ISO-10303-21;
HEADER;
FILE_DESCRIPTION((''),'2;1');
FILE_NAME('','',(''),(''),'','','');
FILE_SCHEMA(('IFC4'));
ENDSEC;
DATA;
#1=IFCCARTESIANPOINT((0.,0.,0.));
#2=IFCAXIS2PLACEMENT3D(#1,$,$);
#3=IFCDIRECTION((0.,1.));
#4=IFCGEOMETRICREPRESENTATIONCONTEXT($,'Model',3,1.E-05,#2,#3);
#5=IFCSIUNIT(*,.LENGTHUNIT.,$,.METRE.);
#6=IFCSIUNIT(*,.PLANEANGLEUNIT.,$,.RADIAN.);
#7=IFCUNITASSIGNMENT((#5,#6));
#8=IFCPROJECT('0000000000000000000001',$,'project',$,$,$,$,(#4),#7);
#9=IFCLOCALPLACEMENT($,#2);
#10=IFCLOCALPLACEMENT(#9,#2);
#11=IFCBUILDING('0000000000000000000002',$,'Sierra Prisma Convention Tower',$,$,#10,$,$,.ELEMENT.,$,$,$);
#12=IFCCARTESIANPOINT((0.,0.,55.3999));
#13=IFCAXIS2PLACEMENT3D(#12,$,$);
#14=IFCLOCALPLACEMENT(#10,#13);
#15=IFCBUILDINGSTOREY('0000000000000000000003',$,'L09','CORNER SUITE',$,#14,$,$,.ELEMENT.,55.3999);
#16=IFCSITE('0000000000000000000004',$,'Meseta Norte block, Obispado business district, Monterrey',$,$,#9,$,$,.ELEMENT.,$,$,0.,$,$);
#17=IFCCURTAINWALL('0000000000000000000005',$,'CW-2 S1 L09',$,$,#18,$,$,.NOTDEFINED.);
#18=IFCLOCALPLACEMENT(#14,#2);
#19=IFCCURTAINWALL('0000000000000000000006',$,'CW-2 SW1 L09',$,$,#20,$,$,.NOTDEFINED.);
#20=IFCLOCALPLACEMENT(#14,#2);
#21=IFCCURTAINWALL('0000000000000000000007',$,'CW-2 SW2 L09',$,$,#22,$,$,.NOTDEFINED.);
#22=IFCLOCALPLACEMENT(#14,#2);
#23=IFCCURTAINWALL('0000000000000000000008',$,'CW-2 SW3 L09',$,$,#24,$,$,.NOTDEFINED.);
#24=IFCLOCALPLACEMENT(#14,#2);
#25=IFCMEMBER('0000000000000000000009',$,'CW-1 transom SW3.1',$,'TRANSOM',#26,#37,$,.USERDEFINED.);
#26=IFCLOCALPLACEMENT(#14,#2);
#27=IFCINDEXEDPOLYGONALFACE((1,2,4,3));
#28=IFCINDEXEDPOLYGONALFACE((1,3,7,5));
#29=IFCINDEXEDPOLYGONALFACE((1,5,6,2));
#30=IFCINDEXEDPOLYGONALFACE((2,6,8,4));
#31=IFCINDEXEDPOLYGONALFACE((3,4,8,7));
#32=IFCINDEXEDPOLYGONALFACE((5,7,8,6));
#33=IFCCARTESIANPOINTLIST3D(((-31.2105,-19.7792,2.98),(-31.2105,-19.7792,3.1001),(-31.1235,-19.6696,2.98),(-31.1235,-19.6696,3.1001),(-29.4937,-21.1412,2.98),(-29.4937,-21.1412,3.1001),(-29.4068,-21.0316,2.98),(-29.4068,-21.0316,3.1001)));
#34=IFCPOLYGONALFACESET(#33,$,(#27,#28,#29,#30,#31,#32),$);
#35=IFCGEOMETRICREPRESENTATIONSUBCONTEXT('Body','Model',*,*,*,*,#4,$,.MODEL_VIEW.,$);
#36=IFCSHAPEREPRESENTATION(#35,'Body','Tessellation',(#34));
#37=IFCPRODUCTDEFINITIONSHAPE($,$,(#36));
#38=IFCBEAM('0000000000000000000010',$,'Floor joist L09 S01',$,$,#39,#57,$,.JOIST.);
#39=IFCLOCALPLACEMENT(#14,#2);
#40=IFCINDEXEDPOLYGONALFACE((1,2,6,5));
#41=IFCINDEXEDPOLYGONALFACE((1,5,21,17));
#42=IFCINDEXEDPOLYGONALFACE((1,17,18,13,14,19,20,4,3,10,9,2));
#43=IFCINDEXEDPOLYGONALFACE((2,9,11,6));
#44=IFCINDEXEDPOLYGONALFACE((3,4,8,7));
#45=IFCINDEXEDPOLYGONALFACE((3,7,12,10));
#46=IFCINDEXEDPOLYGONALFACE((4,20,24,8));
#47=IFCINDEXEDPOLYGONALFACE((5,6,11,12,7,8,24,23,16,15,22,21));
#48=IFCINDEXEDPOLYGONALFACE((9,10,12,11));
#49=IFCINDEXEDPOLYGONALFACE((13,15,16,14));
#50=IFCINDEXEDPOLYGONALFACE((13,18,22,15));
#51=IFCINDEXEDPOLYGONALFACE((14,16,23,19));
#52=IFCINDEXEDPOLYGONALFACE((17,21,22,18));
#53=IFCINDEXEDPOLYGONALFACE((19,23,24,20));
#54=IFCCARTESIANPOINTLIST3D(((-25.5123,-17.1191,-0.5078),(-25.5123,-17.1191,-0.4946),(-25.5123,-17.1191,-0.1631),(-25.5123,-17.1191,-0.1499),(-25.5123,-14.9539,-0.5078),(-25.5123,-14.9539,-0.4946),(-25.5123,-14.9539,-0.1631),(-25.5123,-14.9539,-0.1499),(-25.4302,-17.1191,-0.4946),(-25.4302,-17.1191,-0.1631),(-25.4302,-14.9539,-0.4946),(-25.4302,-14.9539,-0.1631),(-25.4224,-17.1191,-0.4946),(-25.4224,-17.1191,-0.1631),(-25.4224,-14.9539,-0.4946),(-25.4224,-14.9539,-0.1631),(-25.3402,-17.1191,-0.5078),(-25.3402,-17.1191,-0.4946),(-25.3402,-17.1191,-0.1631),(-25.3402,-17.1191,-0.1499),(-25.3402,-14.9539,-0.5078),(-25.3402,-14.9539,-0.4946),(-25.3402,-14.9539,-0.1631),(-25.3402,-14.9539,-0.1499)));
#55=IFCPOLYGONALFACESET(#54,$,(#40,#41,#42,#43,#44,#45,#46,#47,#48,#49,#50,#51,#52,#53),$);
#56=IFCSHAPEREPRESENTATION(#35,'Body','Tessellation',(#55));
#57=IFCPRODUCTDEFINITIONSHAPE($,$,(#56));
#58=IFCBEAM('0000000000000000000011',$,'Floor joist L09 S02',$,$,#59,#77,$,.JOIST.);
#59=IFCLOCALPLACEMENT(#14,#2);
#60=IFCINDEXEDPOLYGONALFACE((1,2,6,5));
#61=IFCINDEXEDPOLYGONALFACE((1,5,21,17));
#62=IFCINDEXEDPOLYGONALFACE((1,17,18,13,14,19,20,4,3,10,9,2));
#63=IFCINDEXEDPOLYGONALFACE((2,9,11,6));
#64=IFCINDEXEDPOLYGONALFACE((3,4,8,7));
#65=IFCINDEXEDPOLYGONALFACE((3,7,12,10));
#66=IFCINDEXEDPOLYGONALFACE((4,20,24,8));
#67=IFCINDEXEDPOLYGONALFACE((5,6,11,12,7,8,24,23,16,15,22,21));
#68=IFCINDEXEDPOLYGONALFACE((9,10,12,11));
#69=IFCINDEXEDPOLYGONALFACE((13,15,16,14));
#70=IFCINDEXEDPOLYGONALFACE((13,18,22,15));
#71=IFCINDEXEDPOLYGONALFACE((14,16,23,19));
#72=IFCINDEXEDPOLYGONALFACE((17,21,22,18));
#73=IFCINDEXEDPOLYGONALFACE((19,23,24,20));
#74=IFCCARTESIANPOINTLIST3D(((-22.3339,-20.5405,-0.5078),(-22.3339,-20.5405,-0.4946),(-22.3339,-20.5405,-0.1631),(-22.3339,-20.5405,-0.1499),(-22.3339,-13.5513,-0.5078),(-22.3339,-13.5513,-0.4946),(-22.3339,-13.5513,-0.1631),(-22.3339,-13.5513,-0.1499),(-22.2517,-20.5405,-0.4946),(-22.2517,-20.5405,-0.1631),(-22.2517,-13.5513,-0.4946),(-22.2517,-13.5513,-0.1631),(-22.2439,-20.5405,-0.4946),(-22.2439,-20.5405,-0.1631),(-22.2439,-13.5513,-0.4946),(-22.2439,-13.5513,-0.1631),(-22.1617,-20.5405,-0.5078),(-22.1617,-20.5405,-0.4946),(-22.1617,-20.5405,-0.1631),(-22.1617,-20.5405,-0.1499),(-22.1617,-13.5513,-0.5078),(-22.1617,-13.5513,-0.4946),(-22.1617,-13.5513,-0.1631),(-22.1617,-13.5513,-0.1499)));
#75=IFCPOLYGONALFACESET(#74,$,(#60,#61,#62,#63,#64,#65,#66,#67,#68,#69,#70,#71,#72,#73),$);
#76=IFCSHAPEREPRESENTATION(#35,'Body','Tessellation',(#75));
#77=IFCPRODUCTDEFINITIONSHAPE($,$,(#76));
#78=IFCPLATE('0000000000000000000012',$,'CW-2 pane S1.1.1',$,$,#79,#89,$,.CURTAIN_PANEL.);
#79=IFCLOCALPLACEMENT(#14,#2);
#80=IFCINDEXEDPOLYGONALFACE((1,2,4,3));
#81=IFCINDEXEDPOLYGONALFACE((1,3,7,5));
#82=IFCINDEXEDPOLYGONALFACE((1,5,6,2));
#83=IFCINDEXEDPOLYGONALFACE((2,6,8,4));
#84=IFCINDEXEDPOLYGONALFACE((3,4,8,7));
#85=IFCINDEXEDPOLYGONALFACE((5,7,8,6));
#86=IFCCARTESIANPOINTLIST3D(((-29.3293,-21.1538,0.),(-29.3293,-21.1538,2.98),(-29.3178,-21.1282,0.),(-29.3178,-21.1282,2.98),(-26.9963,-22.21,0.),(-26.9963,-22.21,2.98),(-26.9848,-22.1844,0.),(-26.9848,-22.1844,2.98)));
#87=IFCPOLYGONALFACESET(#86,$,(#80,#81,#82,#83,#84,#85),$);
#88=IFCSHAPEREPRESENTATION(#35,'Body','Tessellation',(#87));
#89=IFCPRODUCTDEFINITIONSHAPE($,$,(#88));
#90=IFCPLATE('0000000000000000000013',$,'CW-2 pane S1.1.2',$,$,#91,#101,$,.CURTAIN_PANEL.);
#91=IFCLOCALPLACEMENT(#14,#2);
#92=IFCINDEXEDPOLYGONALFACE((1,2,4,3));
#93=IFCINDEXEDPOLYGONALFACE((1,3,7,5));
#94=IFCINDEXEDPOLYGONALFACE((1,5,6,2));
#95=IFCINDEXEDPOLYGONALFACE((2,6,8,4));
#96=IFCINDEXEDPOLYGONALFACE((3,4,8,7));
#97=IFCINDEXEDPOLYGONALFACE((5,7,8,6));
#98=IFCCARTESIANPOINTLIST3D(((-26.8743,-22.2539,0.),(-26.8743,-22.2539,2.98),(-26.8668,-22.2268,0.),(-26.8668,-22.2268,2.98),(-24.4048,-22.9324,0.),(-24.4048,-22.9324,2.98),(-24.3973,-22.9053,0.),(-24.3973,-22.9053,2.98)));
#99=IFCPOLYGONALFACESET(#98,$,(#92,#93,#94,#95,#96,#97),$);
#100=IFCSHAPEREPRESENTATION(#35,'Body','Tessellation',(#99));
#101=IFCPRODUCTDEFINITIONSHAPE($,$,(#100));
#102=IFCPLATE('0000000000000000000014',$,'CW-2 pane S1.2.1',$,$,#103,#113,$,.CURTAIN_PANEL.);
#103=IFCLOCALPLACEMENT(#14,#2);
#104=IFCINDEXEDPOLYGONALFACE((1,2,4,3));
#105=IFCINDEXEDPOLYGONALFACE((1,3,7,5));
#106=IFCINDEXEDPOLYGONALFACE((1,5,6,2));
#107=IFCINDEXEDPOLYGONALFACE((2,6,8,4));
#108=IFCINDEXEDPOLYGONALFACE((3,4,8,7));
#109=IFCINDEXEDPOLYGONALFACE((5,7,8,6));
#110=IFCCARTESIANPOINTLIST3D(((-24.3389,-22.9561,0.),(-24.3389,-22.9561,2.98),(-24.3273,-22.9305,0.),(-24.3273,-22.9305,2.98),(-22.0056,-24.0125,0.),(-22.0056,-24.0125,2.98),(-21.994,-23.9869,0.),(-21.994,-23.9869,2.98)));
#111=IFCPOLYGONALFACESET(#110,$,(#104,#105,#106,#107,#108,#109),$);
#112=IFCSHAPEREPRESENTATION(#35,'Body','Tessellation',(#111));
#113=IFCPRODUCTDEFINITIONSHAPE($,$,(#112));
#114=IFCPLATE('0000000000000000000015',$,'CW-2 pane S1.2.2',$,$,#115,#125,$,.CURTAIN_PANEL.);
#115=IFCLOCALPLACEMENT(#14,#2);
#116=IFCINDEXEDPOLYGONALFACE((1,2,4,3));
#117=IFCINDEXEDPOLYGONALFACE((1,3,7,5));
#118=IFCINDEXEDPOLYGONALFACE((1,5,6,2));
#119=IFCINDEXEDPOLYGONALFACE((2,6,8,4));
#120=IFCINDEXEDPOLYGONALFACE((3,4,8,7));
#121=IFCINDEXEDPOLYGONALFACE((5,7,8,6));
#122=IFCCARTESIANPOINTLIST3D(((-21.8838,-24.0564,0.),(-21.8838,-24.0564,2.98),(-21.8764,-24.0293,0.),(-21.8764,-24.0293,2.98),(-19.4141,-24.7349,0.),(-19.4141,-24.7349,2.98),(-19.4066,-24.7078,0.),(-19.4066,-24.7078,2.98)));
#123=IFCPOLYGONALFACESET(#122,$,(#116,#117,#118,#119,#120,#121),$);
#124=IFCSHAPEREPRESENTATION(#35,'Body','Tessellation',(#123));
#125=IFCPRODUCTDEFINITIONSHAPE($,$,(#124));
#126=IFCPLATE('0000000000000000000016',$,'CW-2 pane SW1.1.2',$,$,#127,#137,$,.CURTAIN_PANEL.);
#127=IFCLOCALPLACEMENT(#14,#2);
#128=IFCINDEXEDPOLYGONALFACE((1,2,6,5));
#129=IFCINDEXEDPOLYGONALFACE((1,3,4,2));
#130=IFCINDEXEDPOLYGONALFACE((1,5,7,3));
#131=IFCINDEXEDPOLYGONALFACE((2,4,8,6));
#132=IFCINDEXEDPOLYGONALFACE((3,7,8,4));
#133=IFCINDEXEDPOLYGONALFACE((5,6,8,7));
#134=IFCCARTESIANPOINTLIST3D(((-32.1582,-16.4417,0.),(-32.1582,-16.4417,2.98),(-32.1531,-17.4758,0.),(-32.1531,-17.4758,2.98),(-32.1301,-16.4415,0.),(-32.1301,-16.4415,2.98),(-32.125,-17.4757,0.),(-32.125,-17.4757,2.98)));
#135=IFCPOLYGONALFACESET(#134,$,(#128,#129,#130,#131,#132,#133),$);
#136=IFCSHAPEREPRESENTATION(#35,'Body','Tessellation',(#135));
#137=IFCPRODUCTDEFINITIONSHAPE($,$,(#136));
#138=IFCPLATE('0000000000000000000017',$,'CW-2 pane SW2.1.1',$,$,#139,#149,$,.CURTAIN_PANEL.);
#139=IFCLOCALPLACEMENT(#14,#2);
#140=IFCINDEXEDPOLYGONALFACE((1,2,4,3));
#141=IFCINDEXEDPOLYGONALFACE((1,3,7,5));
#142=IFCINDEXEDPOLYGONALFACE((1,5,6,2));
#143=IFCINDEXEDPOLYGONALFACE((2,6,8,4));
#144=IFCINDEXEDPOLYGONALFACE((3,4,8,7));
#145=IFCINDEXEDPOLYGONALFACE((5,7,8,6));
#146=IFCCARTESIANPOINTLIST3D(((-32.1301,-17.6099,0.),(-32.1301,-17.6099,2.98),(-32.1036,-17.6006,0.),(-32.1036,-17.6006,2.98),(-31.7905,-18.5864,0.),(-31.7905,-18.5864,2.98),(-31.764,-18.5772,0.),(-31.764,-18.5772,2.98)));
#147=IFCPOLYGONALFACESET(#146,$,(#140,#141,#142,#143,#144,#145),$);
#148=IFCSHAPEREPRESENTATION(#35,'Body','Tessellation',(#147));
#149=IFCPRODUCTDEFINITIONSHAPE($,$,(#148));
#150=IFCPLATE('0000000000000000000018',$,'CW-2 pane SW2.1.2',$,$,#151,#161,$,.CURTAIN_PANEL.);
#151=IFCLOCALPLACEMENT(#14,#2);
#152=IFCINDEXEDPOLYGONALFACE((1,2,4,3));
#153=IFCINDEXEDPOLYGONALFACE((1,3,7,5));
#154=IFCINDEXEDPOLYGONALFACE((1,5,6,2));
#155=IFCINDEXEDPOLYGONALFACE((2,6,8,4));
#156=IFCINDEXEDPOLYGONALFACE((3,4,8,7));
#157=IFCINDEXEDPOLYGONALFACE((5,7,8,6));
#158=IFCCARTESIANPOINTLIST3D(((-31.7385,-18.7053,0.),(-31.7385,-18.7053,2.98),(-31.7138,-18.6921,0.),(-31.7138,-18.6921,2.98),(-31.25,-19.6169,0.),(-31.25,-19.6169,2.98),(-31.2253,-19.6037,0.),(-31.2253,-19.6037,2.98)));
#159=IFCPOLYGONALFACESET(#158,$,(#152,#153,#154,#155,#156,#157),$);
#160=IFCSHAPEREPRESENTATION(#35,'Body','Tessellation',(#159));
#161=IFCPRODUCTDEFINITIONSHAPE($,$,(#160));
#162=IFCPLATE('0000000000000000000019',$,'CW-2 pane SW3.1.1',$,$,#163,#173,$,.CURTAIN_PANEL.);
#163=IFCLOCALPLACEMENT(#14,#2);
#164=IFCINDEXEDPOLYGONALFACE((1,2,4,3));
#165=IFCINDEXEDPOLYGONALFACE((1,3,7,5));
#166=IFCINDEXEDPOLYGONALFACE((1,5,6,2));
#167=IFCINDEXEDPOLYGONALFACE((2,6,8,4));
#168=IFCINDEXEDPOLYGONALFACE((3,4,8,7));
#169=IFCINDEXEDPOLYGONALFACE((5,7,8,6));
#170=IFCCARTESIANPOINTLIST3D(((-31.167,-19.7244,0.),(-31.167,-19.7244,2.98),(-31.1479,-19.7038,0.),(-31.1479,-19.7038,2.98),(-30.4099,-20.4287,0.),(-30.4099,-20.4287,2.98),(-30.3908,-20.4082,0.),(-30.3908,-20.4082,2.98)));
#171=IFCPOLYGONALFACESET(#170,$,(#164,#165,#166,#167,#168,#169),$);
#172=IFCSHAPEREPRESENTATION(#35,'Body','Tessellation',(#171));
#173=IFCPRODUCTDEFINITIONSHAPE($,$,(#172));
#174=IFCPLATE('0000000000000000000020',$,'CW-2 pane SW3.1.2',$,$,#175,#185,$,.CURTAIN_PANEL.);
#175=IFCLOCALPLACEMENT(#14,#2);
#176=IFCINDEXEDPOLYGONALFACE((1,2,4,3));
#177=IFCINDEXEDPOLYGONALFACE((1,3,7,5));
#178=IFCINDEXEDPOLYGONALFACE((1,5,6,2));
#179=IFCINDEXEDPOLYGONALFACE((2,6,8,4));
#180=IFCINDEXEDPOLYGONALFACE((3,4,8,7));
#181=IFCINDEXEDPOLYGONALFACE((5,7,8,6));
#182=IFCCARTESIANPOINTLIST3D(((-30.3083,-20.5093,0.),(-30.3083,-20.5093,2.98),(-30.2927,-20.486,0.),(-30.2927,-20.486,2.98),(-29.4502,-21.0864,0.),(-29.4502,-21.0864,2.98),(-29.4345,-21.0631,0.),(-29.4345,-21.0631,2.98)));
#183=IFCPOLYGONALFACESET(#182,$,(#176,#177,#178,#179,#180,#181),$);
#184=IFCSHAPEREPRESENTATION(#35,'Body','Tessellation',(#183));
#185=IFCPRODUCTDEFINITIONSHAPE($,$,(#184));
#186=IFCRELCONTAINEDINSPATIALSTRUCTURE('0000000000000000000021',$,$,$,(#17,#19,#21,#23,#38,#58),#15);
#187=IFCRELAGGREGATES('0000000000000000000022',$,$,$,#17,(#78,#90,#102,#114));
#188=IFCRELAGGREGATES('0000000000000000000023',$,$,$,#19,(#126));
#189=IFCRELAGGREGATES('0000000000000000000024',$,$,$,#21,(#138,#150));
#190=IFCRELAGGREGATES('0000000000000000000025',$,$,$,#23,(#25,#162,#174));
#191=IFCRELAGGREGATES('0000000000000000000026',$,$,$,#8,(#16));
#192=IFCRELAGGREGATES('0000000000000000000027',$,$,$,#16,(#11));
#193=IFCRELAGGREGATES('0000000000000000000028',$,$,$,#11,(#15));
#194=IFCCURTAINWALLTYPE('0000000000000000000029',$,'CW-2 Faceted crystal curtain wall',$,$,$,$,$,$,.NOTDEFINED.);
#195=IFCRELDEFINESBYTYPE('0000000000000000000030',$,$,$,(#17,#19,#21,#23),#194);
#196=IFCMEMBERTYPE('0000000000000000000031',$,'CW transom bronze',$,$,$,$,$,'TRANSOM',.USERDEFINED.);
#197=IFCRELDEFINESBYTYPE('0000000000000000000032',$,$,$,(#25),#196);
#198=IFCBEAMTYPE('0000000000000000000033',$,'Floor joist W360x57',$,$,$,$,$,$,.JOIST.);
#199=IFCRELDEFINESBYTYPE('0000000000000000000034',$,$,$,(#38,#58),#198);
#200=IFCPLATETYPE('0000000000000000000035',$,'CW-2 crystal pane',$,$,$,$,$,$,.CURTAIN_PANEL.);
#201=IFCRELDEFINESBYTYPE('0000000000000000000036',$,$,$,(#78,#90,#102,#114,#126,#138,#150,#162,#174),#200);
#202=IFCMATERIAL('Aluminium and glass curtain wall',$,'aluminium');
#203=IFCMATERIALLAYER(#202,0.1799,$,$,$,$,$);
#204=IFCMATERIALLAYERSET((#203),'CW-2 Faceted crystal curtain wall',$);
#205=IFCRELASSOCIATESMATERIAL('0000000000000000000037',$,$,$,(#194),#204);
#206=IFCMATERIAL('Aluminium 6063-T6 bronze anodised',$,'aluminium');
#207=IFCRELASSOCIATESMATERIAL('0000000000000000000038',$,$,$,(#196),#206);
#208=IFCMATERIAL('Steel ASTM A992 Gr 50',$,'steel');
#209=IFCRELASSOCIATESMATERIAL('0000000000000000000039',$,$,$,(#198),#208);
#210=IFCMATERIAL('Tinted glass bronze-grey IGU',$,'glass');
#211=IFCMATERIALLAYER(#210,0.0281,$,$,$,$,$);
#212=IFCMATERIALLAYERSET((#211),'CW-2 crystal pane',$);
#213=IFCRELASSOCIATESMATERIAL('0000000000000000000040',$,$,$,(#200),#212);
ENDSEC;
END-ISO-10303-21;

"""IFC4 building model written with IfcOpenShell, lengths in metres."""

from ifc_helpers import new_model, si_unit, direction, frame, origin, origin_2d, place, context, subcontext, project, spatial, polyline, rectangle, i_section, outline, extrude, material, layer, layer_set, material_profile, profile_set, type_object, element, aggregate, save


model = new_model("IFC4")

# Units and contexts
model_context = context("Model", 3, precision=1e-05, world=origin(), true_north=direction((0.0, 1.0)))
body_context = subcontext(model_context, "Body", "Model", "MODEL_VIEW")
ifc_project = project(units=[si_unit("LENGTHUNIT", "METRE"), si_unit("PLANEANGLEUNIT", "RADIAN")], contexts=[model_context])

# Site, building, storey
site_placement = place(None, origin())
site = spatial("IfcSite", under=ifc_project, at=site_placement, Name="Meseta Norte block, Obispado business district, Monterrey", CompositionType="ELEMENT", RefElevation=0.0)
building_placement = place(site_placement, origin())
building = spatial("IfcBuilding", under=site, at=building_placement, Name="Sierra Prisma Convention Tower", CompositionType="ELEMENT")
storey_placement = place(building_placement, frame((0.0, 0.0, 55.3999)))
storey = spatial("IfcBuildingStorey", under=building, at=storey_placement, Name="L09", Description="CORNER SUITE", CompositionType="ELEMENT", Elevation=55.3999)

# Curtain wall
ifc_material_1 = material(Name="Aluminium and glass curtain wall", Category="aluminium")
ifc_layer_1 = layer(ifc_material_1, 0.1799)
ifc_layer_set_1 = layer_set([ifc_layer_1], Name="CW-2 Faceted crystal curtain wall")
curtain_wall_type = type_object("IfcCurtainWallType", Name="CW-2 Faceted crystal curtain wall", PredefinedType="NOTDEFINED", material=ifc_layer_set_1)
curtain_wall_1_placement = place(storey_placement, origin())
curtain_wall_1 = element("IfcCurtainWall", 1, at=curtain_wall_1_placement, inside=storey, type_object=curtain_wall_type, Name="CW-2 S1 L09", PredefinedType="NOTDEFINED")

# Curtain walls
curtain_wall_2_placement = place(storey_placement, origin())
curtain_wall_2 = element("IfcCurtainWall", 2, at=curtain_wall_2_placement, inside=storey, type_object=curtain_wall_type, Name="CW-2 SW1 L09", PredefinedType="NOTDEFINED")
curtain_wall_3_placement = place(storey_placement, origin())
curtain_wall_3 = element("IfcCurtainWall", 3, at=curtain_wall_3_placement, inside=storey, type_object=curtain_wall_type, Name="CW-2 SW2 L09", PredefinedType="NOTDEFINED")
curtain_wall_4_placement = place(storey_placement, origin())
curtain_wall_4 = element("IfcCurtainWall", 4, at=curtain_wall_4_placement, inside=storey, type_object=curtain_wall_type, Name="CW-2 SW3 L09", PredefinedType="NOTDEFINED")

# Member
ifc_material_2 = material(Name="Aluminium 6063-T6 bronze anodised", Category="aluminium")
ifc_material_profile_1 = material_profile(ifc_material_2, rectangle(XDim=0.1399, YDim=0.1201, at=origin_2d()), Name="ALU TRANSOM 120x140")
ifc_profile_set_1 = profile_set([ifc_material_profile_1], Name="Aluminium 6063-T6 bronze anodised")
member_type_1 = type_object("IfcMemberType", Name="CW transom bronze", ElementType="TRANSOM", PredefinedType="USERDEFINED", material=ifc_profile_set_1)
member_1_placement = place(storey_placement, frame((-31.167, -19.7244, 3.04), z_axis=(0.783395, -0.621524, 0.0), x_axis=(0.621524, 0.783395, 0.0)))
member_1 = element("IfcMember", 5, at=member_1_placement, type_object=member_type_1, Name="CW-1 transom SW3.1", ObjectType="TRANSOM", PredefinedType="USERDEFINED", context=body_context, shape_type="SweptSolid", body=[
    extrude(rectangle(XDim=0.1399, YDim=0.1201, at=origin_2d()), origin(), (0.0, 0.0, 1.0), 2.1914),
])

# Beams
ifc_material_3 = material(Name="Steel ASTM A992 Gr 50", Category="steel")
ifc_material_profile_2 = material_profile(ifc_material_3, i_section(OverallWidth=0.1721, OverallDepth=0.3579, WebThickness=0.0078, FlangeThickness=0.0132, at=origin_2d()), Name="W360x57")
ifc_profile_set_2 = profile_set([ifc_material_profile_2], Name="Steel ASTM A992 Gr 50")
beam_type = type_object("IfcBeamType", Name="Floor joist W360x57", PredefinedType="JOIST", material=ifc_profile_set_2)
beam_1_placement = place(storey_placement, frame((-25.4263, -17.1191, -0.3289), z_axis=(0.0, 1.0, 0.0), x_axis=(-1.0, 0.0, 0.0)))
element("IfcBeam", 6, at=beam_1_placement, inside=storey, type_object=beam_type, Name="Floor joist L09 S01", PredefinedType="JOIST", context=body_context, shape_type="SweptSolid", body=[
    extrude(i_section(OverallWidth=0.1721, OverallDepth=0.3579, WebThickness=0.0078, FlangeThickness=0.0132, at=origin_2d()), origin(), (0.0, 0.0, 1.0), 2.1653),
])
beam_2_placement = place(storey_placement, frame((-22.2478, -20.5405, -0.3289), z_axis=(0.0, 1.0, 0.0), x_axis=(-1.0, 0.0, 0.0)))
element("IfcBeam", 7, at=beam_2_placement, inside=storey, type_object=beam_type, Name="Floor joist L09 S02", PredefinedType="JOIST", context=body_context, shape_type="SweptSolid", body=[
    extrude(i_section(OverallWidth=0.1721, OverallDepth=0.3579, WebThickness=0.0078, FlangeThickness=0.0132, at=origin_2d()), origin(), (0.0, 0.0, 1.0), 6.9893),
])

# Plates
ifc_material_4 = material(Name="Tinted glass bronze-grey IGU", Category="glass")
ifc_layer_2 = layer(ifc_material_4, 0.0281)
ifc_layer_set_2 = layer_set([ifc_layer_2], Name="CW-2 crystal pane")
plate_type = type_object("IfcPlateType", Name="CW-2 crystal pane", PredefinedType="CURTAIN_PANEL", material=ifc_layer_set_2)
plate_1_placement = place(storey_placement, frame((-29.3293, -21.1538, 0.0), z_axis=(-0.412409, -0.910999, 0.0), x_axis=(0.910999, -0.412409, 0.0)))
plate_1 = element("IfcPlate", 8, at=plate_1_placement, type_object=plate_type, Name="CW-2 pane S1.1.1", PredefinedType="CURTAIN_PANEL", context=body_context, shape_type="SweptSolid", body=[
    extrude(outline(polyline([(0.0, 0.0), (2.5609, 0.0), (2.5609, 2.98), (0.0, 2.98), (0.0, 0.0)])), origin(), (0.0, 0.0, -1.0), 0.0281),
])
plate_2_placement = place(storey_placement, frame((-24.4048, -22.9324, 0.0), z_axis=(-0.264924, -0.964269, 0.0), x_axis=(-0.964269, 0.264924, 0.0)))
plate_2 = element("IfcPlate", 9, at=plate_2_placement, type_object=plate_type, Name="CW-2 pane S1.1.2", PredefinedType="CURTAIN_PANEL", context=body_context, shape_type="SweptSolid", body=[
    extrude(outline(polyline([(0.0, 0.0), (2.561, 0.0), (2.561, -2.98), (0.0, -2.98), (0.0, 0.0)])), origin(), (0.0, 0.0, -1.0), 0.0281),
])
plate_3_placement = place(storey_placement, frame((-24.3389, -22.9561, 0.0), z_axis=(-0.412452, -0.910979, 0.0), x_axis=(0.910979, -0.412452, 0.0)))
plate_3 = element("IfcPlate", 10, at=plate_3_placement, type_object=plate_type, Name="CW-2 pane S1.2.1", PredefinedType="CURTAIN_PANEL", context=body_context, shape_type="SweptSolid", body=[
    extrude(outline(polyline([(0.0, 0.0), (2.5613, 0.0), (2.5613, 2.98), (0.0, 2.98), (0.0, 0.0)])), origin(), (0.0, 0.0, -1.0), 0.0281),
])
plate_4_placement = place(storey_placement, frame((-19.4141, -24.7349, 0.0), z_axis=(-0.264899, -0.964276, 0.0), x_axis=(-0.964276, 0.264899, 0.0)))
plate_4 = element("IfcPlate", 11, at=plate_4_placement, type_object=plate_type, Name="CW-2 pane S1.2.2", PredefinedType="CURTAIN_PANEL", context=body_context, shape_type="SweptSolid", body=[
    extrude(outline(polyline([(0.0, 0.0), (2.5612, 0.0), (2.5612, -2.98), (0.0, -2.98), (0.0, 0.0)])), origin(), (0.0, 0.0, -1.0), 0.0281),
])
aggregate(curtain_wall_1, [plate_1, plate_2, plate_3, plate_4])
plate_5_placement = place(storey_placement, frame((-32.1531, -17.4758, 0.0), z_axis=(-0.999988, -0.004957, 0.0), x_axis=(-0.004957, 0.999988, 0.0)))
plate_5 = element("IfcPlate", 12, at=plate_5_placement, type_object=plate_type, Name="CW-2 pane SW1.1.2", PredefinedType="CURTAIN_PANEL", context=body_context, shape_type="SweptSolid", body=[
    extrude(outline(polyline([(0.0, 0.0), (1.0342, 0.0), (1.0342, -2.98), (0.0, -2.98), (0.0, 0.0)])), origin(), (0.0, 0.0, -1.0), 0.0281),
])
aggregate(curtain_wall_2, [plate_5])
plate_6_placement = place(storey_placement, frame((-32.1301, -17.6099, 0.0), z_axis=(-0.944519, -0.328457, 0.0), x_axis=(0.328457, -0.944519, 0.0)))
plate_6 = element("IfcPlate", 13, at=plate_6_placement, type_object=plate_type, Name="CW-2 pane SW2.1.1", PredefinedType="CURTAIN_PANEL", context=body_context, shape_type="SweptSolid", body=[
    extrude(outline(polyline([(0.0, 0.0), (1.0339, 0.0), (1.0339, 2.98), (0.0, 2.98), (0.0, 0.0)])), origin(), (0.0, 0.0, -1.0), 0.0281),
])
plate_7_placement = place(storey_placement, frame((-31.25, -19.6169, 0.0), z_axis=(-0.881417, -0.472339, 0.0), x_axis=(-0.472339, 0.881417, 0.0)))
plate_7 = element("IfcPlate", 14, at=plate_7_placement, type_object=plate_type, Name="CW-2 pane SW2.1.2", PredefinedType="CURTAIN_PANEL", context=body_context, shape_type="SweptSolid", body=[
    extrude(outline(polyline([(0.0, 0.0), (1.0343, 0.0), (1.0343, -2.98), (0.0, -2.98), (0.0, 0.0)])), origin(), (0.0, 0.0, -1.0), 0.0281),
])
aggregate(curtain_wall_3, [plate_6, plate_7])
plate_8_placement = place(storey_placement, frame((-31.167, -19.7244, 0.0), z_axis=(-0.681148, -0.732146, 0.0), x_axis=(0.732146, -0.681148, 0.0)))
plate_8 = element("IfcPlate", 15, at=plate_8_placement, type_object=plate_type, Name="CW-2 pane SW3.1.1", PredefinedType="CURTAIN_PANEL", context=body_context, shape_type="SweptSolid", body=[
    extrude(outline(polyline([(0.0, 0.0), (1.0341, 0.0), (1.0341, 2.98), (0.0, 2.98), (0.0, 0.0)])), origin(), (0.0, 0.0, -1.0), 0.0281),
])
plate_9_placement = place(storey_placement, frame((-29.4502, -21.0864, 0.0), z_axis=(-0.558073, -0.829792, 0.0), x_axis=(-0.829792, 0.558073, 0.0)))
plate_9 = element("IfcPlate", 16, at=plate_9_placement, type_object=plate_type, Name="CW-2 pane SW3.1.2", PredefinedType="CURTAIN_PANEL", context=body_context, shape_type="SweptSolid", body=[
    extrude(outline(polyline([(0.0, 0.0), (1.0342, 0.0), (1.0342, -2.98), (0.0, -2.98), (0.0, 0.0)])), origin(), (0.0, 0.0, -1.0), 0.0281),
])
aggregate(curtain_wall_4, [member_1, plate_8, plate_9])

save(model, "model.ifc")
